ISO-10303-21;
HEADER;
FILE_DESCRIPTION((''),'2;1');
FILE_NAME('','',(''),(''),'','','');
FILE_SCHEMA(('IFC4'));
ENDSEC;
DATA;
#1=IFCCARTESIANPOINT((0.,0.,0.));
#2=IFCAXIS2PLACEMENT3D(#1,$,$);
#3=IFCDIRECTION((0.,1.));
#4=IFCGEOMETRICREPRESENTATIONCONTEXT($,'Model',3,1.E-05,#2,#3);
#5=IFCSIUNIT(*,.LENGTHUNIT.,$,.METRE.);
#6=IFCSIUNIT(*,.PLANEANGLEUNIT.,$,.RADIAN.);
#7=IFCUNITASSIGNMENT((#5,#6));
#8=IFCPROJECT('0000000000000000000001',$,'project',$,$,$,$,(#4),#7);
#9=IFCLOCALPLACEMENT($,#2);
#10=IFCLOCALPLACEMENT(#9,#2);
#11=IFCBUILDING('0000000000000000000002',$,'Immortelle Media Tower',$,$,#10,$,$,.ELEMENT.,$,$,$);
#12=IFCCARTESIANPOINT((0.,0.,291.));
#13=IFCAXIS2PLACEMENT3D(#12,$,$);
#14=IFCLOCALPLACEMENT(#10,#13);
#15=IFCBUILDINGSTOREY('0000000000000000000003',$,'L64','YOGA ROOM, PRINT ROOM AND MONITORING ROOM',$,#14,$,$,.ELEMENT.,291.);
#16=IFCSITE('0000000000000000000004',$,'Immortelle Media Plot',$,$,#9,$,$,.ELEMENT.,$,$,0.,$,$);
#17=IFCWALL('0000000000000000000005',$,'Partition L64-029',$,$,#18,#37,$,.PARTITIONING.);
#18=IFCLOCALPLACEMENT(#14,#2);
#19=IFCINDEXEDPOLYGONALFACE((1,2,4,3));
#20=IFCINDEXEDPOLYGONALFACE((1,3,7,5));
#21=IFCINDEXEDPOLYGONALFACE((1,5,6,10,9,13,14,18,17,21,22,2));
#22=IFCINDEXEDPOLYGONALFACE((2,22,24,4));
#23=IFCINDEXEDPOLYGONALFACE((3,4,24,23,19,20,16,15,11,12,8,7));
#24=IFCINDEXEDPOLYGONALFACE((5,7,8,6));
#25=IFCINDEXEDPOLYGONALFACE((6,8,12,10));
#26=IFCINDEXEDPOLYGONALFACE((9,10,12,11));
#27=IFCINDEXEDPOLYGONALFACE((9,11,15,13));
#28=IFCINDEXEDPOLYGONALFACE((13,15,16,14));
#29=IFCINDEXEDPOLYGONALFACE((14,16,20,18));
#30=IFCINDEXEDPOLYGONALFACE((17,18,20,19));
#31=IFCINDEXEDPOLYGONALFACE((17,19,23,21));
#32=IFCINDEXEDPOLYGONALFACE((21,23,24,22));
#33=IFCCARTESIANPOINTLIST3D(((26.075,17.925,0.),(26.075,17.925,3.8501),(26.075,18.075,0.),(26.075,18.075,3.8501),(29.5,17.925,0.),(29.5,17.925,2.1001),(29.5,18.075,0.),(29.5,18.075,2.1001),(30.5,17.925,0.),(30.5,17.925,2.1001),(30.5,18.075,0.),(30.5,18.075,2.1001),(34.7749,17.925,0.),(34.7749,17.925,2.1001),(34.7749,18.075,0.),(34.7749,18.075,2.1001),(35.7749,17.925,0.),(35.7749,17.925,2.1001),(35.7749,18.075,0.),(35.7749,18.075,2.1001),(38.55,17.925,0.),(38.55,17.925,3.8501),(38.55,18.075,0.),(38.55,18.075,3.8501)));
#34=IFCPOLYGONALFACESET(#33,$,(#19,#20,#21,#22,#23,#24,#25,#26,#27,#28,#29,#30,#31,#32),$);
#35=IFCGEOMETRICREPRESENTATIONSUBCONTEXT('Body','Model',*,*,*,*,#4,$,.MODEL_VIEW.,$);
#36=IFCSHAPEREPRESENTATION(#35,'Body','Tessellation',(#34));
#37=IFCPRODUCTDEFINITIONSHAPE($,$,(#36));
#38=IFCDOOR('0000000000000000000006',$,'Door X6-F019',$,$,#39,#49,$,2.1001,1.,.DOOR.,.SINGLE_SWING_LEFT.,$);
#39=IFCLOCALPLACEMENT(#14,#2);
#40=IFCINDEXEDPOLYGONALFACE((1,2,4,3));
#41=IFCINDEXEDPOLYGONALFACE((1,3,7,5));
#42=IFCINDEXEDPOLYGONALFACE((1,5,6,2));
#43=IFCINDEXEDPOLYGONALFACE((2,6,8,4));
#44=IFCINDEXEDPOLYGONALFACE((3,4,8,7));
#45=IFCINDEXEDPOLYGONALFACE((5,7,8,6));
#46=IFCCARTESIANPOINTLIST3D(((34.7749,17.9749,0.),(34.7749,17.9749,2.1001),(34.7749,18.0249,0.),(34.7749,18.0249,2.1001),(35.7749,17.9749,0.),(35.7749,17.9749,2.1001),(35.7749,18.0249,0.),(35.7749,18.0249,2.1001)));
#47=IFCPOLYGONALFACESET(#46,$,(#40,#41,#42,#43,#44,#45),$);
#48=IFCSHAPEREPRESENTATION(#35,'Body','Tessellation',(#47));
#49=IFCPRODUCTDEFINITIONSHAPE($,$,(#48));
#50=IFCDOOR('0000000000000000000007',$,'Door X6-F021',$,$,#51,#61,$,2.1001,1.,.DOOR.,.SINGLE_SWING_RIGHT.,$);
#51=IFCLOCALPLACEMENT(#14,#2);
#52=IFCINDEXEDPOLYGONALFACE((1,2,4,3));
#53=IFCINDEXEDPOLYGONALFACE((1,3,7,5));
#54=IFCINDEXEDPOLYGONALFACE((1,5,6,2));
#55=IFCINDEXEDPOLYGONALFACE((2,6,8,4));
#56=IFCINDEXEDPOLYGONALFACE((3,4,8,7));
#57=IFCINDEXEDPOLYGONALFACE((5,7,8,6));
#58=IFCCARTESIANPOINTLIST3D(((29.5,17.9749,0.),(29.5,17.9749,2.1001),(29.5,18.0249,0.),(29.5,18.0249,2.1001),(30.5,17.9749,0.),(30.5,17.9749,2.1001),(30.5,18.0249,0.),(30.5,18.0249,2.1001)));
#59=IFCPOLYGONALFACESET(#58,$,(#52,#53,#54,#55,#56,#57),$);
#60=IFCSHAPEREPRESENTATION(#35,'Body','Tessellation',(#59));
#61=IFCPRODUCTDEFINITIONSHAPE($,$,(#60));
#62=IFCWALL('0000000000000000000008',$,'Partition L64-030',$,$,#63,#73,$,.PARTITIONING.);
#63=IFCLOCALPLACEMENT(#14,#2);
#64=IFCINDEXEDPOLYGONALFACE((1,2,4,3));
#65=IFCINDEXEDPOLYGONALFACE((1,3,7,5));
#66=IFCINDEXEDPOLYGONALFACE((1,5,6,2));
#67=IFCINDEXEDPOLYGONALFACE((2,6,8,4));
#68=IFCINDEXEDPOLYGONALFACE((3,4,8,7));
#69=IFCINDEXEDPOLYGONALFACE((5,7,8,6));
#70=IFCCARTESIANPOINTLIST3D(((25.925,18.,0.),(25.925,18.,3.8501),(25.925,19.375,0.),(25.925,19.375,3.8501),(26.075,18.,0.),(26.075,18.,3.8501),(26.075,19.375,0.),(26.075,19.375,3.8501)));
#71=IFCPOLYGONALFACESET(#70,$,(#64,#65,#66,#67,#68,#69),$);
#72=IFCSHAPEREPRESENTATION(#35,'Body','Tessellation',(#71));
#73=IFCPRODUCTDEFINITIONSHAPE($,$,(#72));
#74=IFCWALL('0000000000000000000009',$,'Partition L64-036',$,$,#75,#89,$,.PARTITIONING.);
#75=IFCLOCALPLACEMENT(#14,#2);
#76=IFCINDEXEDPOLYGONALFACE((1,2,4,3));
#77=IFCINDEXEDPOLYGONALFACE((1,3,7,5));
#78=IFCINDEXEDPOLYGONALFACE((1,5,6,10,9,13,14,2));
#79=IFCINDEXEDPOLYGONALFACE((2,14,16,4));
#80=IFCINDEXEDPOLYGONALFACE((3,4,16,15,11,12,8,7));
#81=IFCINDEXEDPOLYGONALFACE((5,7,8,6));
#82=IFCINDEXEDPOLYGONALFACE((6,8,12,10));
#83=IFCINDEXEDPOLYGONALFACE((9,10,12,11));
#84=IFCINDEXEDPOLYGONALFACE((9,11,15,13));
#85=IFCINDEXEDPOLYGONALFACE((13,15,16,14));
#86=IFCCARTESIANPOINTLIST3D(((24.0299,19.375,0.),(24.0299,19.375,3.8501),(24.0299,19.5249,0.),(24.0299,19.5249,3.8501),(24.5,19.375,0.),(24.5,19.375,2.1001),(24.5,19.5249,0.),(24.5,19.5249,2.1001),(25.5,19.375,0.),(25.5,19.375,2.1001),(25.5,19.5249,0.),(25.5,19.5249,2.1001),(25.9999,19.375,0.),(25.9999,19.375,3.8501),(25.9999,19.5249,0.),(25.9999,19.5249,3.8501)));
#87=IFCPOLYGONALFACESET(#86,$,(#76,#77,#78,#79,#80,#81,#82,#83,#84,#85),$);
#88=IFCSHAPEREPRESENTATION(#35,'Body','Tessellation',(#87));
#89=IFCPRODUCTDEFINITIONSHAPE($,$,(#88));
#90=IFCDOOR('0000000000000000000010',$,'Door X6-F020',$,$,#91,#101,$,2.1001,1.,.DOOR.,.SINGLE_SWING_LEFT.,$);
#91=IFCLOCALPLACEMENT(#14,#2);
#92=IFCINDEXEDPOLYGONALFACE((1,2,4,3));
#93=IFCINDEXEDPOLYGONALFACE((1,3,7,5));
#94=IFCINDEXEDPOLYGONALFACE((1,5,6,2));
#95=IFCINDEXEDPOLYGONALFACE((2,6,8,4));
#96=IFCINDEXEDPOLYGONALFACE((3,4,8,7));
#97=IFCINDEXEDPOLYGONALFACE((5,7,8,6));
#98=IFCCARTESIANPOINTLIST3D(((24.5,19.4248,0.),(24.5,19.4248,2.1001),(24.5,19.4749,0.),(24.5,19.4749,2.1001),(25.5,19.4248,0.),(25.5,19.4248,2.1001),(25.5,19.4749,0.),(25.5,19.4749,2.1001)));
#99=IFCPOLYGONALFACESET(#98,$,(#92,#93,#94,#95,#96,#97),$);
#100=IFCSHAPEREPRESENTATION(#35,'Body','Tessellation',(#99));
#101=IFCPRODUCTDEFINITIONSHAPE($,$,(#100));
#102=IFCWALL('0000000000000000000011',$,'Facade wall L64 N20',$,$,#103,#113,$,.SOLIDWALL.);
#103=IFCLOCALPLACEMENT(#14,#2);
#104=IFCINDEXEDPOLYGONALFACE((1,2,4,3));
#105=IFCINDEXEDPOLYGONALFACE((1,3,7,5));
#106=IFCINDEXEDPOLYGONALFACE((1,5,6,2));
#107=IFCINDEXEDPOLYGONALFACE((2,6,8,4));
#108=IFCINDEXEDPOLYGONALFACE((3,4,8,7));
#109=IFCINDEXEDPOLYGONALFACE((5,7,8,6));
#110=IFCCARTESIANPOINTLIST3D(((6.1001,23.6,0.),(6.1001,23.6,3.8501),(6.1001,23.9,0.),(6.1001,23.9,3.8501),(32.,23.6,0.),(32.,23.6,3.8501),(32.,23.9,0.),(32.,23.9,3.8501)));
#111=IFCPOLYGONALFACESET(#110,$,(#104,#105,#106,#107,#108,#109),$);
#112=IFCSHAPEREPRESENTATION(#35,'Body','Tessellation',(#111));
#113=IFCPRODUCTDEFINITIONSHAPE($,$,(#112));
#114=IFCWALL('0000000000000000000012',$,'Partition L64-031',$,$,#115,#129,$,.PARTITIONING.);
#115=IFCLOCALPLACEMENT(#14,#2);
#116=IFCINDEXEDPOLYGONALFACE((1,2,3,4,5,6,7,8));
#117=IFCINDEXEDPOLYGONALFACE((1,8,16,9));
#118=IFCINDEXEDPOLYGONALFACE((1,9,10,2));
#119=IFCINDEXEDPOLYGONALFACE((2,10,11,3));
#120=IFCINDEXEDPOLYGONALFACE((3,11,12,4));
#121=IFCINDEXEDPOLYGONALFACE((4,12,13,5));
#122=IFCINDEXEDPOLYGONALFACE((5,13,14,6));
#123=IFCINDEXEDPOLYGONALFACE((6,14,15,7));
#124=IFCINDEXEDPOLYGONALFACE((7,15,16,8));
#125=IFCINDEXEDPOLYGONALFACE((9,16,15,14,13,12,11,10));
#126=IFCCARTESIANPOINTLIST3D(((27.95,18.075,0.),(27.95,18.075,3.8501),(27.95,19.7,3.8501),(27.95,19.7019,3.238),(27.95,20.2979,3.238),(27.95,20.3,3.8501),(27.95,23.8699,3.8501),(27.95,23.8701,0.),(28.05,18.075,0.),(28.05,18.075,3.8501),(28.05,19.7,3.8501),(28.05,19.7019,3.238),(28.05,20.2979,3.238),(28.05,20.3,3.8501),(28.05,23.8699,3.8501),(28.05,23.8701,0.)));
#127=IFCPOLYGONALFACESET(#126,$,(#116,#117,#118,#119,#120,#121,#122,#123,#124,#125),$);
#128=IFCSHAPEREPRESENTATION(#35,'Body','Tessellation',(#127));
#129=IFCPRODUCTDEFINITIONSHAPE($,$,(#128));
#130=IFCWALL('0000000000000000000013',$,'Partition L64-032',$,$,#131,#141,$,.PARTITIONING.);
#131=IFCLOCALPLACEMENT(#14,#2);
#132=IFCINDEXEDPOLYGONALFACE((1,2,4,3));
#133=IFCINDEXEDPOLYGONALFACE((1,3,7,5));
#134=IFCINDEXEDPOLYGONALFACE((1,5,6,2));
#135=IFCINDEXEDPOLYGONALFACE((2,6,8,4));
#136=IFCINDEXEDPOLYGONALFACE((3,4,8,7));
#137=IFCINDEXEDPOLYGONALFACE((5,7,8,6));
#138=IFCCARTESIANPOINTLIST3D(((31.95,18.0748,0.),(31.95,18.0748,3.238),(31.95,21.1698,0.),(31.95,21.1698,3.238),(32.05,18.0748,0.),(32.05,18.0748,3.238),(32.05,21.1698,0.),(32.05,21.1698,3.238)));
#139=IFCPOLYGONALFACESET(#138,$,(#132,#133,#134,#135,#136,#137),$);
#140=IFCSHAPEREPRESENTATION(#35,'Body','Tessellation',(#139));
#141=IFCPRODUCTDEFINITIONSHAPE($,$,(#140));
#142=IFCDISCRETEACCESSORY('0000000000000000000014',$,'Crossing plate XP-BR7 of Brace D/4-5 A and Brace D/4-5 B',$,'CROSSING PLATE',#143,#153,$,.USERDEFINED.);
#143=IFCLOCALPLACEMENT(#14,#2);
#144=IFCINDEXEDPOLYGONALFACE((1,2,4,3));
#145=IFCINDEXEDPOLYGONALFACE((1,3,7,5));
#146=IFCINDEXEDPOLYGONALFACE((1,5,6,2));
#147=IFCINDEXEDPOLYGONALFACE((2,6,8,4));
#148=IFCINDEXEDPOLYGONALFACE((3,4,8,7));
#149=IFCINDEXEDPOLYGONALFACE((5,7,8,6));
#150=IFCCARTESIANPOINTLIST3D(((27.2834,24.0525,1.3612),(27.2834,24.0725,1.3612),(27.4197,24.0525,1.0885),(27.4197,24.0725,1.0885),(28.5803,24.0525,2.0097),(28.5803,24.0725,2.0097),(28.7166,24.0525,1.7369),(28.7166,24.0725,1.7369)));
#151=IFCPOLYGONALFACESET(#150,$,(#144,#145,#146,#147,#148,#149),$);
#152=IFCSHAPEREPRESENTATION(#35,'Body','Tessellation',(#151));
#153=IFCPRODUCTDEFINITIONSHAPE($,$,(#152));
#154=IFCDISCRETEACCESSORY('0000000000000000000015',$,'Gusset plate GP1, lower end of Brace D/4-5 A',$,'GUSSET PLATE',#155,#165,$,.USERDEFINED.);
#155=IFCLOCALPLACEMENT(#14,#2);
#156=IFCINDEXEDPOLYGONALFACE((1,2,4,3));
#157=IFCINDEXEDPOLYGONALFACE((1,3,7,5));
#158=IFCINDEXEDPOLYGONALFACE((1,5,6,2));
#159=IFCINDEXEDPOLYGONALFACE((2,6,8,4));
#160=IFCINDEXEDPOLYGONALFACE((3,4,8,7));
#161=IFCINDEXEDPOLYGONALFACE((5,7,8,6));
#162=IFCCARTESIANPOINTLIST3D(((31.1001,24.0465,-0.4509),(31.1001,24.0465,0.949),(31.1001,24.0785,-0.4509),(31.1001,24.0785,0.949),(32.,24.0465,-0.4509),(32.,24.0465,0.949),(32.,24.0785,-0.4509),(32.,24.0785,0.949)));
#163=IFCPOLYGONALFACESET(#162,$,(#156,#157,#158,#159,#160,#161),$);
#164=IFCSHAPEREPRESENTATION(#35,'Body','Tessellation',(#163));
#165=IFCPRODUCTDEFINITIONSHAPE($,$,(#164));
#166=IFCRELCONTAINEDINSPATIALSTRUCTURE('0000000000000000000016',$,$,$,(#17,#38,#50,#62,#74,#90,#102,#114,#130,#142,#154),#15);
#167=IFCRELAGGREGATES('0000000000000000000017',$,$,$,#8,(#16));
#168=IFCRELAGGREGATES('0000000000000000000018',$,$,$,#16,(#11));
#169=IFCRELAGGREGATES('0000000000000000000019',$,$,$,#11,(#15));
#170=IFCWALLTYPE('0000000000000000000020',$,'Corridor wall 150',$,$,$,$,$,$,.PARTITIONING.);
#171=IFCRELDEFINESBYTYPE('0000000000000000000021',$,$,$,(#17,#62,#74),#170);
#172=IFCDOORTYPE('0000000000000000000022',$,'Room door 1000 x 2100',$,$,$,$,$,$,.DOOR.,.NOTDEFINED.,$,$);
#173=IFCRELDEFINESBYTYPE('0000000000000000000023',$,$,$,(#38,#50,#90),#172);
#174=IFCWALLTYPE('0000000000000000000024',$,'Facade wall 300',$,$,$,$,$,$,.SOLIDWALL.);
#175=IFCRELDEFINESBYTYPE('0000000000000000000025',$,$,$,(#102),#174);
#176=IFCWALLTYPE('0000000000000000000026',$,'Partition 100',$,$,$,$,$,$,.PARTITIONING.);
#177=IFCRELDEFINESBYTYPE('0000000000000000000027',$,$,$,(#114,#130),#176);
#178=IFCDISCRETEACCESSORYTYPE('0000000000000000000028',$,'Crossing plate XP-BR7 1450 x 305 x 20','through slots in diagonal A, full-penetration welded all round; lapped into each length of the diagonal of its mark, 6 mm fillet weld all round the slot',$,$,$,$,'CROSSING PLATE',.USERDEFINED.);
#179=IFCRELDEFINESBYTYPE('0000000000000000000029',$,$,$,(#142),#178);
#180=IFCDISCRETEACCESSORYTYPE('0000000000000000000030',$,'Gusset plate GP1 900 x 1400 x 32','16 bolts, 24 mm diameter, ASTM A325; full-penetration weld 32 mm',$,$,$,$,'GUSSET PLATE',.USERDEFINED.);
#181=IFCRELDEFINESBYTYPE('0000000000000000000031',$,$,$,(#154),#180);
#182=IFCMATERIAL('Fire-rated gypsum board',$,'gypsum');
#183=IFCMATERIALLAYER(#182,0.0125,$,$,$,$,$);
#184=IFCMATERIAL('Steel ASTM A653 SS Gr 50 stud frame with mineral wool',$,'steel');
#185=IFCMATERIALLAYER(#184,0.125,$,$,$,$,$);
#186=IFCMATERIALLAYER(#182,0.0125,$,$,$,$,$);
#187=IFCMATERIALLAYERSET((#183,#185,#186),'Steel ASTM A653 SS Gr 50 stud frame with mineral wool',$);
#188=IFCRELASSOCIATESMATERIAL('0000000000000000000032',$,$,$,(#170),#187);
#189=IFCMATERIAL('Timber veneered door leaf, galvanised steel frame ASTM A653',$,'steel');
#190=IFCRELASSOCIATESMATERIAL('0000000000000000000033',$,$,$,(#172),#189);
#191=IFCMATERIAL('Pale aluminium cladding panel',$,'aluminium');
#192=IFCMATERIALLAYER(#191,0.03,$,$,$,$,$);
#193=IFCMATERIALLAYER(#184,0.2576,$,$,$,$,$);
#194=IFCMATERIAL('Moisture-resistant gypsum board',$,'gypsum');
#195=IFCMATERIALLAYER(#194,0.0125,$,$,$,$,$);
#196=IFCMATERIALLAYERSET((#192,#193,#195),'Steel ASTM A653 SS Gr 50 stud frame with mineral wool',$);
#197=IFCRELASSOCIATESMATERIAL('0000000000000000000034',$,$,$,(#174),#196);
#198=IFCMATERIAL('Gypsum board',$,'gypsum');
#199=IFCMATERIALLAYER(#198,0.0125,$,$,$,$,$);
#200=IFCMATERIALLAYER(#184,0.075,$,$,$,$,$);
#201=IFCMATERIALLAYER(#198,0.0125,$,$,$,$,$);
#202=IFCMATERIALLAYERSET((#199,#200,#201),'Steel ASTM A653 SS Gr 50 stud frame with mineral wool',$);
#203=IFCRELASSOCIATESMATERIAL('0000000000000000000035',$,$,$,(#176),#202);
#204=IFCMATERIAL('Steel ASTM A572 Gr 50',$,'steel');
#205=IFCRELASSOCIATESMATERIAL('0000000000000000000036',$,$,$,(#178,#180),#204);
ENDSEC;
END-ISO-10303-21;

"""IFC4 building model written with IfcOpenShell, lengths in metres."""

from ifc_helpers import new_model, si_unit, direction, frame, frame_2d, origin, origin_2d, place, context, subcontext, project, spatial, polyline, rectangle, outline, extrude, material, layer, layer_set, material_profile, profile_set, type_object, element, fill, save


model = new_model("IFC4")

# Units and contexts
model_context = context("Model", 3, precision=1e-05, world=origin(), true_north=direction((0.0, 1.0)))
body_context = subcontext(model_context, "Body", "Model", "MODEL_VIEW")
ifc_project = project(units=[si_unit("LENGTHUNIT", "METRE"), si_unit("PLANEANGLEUNIT", "RADIAN")], contexts=[model_context])

# Site, building, storey
site_placement = place(None, origin())
site = spatial("IfcSite", under=ifc_project, at=site_placement, Name="Immortelle Media Plot", CompositionType="ELEMENT", RefElevation=0.0)
building_placement = place(site_placement, origin())
building = spatial("IfcBuilding", under=site, at=building_placement, Name="Immortelle Media Tower", CompositionType="ELEMENT")
storey_placement = place(building_placement, frame((0.0, 0.0, 291.0)))
storey = spatial("IfcBuildingStorey", under=building, at=storey_placement, Name="L64", Description="YOGA ROOM, PRINT ROOM AND MONITORING ROOM", CompositionType="ELEMENT", Elevation=291.0)

# Shared definitions
ifc_material_1 = material(Name="Fire-rated gypsum board", Category="gypsum")
ifc_material_2 = material(Name="Steel ASTM A653 SS Gr 50 stud frame with mineral wool", Category="steel")

# Wall, openings, doors
ifc_layer_1 = layer(ifc_material_1, 0.0125)
ifc_layer_2 = layer(ifc_material_2, 0.125)
ifc_layer_3 = layer(ifc_material_1, 0.0125)
ifc_layer_set_1 = layer_set([ifc_layer_1, ifc_layer_2, ifc_layer_3], Name="Steel ASTM A653 SS Gr 50 stud frame with mineral wool")
wall_type_1 = type_object("IfcWallType", Name="Corridor wall 150", PredefinedType="PARTITIONING", material=ifc_layer_set_1)
wall_1_placement = place(storey_placement, frame((26.075, 18.0, 0.0), z_axis=(0.0, 0.0, 1.0), x_axis=(1.0, 0.0, 0.0)))
wall_1 = element("IfcWall", 1, at=wall_1_placement, inside=storey, type_object=wall_type_1, Name="Partition L64-029", PredefinedType="PARTITIONING", context=body_context, shape_type="SweptSolid", body=[
    extrude(rectangle(XDim=12.4751, YDim=0.1499, at=frame_2d((6.2375, 0.0))), origin(), (0.0, 0.0, 1.0), 3.8501),
])
opening_1_placement = place(wall_1_placement, frame((8.7, 0.0, 0.0)))
opening_1 = element("IfcOpeningElement", 2, at=opening_1_placement, cuts=wall_1, PredefinedType="OPENING", context=body_context, shape_type="SweptSolid", body=[
    extrude(rectangle(XDim=1.0, YDim=2.1001, at=frame_2d((0.5, 1.05))), frame((0.0, 0.085, 0.0), z_axis=(0.0, -1.0, 0.0), x_axis=(1.0, 0.0, 0.0)), (0.0, 0.0, 1.0), 0.1699),
])
opening_2_placement = place(wall_1_placement, frame((3.425, 0.0, 0.0)))
opening_2 = element("IfcOpeningElement", 3, at=opening_2_placement, cuts=wall_1, PredefinedType="OPENING", context=body_context, shape_type="SweptSolid", body=[
    extrude(rectangle(XDim=1.0, YDim=2.1001, at=frame_2d((0.5, 1.05))), frame((0.0, 0.085, 0.0), z_axis=(0.0, -1.0, 0.0), x_axis=(1.0, 0.0, 0.0)), (0.0, 0.0, 1.0), 0.1699),
])
ifc_material_3 = material(Name="Timber veneered door leaf, galvanised steel frame ASTM A653", Category="steel")
door_type = type_object("IfcDoorType", Name="Room door 1000 x 2100", OperationType="NOTDEFINED", PredefinedType="DOOR", material=ifc_material_3)
door_1_placement = place(opening_1_placement, origin())
door_1 = element("IfcDoor", 4, at=door_1_placement, inside=storey, type_object=door_type, Name="Door X6-F019", OperationType="SINGLE_SWING_LEFT", OverallHeight=2.1001, OverallWidth=1.0, PredefinedType="DOOR", context=body_context, shape_type="SweptSolid", body=[
    extrude(rectangle(XDim=1.0, YDim=2.1001, at=frame_2d((0.5, 1.05))), frame((0.0, 0.0249, 0.0), z_axis=(0.0, -1.0, 0.0), x_axis=(1.0, 0.0, 0.0)), (0.0, 0.0, 1.0), 0.05),
])
fill(opening_1, door_1)
door_2_placement = place(opening_2_placement, origin())
door_2 = element("IfcDoor", 5, at=door_2_placement, inside=storey, type_object=door_type, Name="Door X6-F021", OperationType="SINGLE_SWING_RIGHT", OverallHeight=2.1001, OverallWidth=1.0, PredefinedType="DOOR", context=body_context, shape_type="SweptSolid", body=[
    extrude(rectangle(XDim=1.0, YDim=2.1001, at=frame_2d((0.5, 1.05))), frame((0.0, 0.0249, 0.0), z_axis=(0.0, -1.0, 0.0), x_axis=(1.0, 0.0, 0.0)), (0.0, 0.0, 1.0), 0.05),
])
fill(opening_2, door_2)

# Wall
wall_2_placement = place(storey_placement, frame((26.0, 18.0, 0.0), z_axis=(0.0, 0.0, 1.0), x_axis=(0.0, 1.0, 0.0)))
element("IfcWall", 6, at=wall_2_placement, inside=storey, type_object=wall_type_1, Name="Partition L64-030", PredefinedType="PARTITIONING", context=body_context, shape_type="SweptSolid", body=[
    extrude(rectangle(XDim=1.375, YDim=0.1499, at=frame_2d((0.6875, 0.0))), origin(), (0.0, 0.0, 1.0), 3.8501),
])

# Wall, opening, door
wall_3_placement = place(storey_placement, frame((24.03, 19.45, 0.0), z_axis=(0.0, 0.0, 1.0), x_axis=(1.0, 0.0, 0.0)))
wall_3 = element("IfcWall", 7, at=wall_3_placement, inside=storey, type_object=wall_type_1, Name="Partition L64-036", PredefinedType="PARTITIONING", context=body_context, shape_type="SweptSolid", body=[
    extrude(rectangle(XDim=1.97, YDim=0.1499, at=frame_2d((0.9849, 0.0))), origin(), (0.0, 0.0, 1.0), 3.8501),
])
opening_3_placement = place(wall_3_placement, frame((0.47, 0.0, 0.0)))
opening_3 = element("IfcOpeningElement", 8, at=opening_3_placement, cuts=wall_3, PredefinedType="OPENING", context=body_context, shape_type="SweptSolid", body=[
    extrude(rectangle(XDim=1.0, YDim=2.1001, at=frame_2d((0.5, 1.05))), frame((0.0, 0.085, 0.0), z_axis=(0.0, -1.0, 0.0), x_axis=(1.0, 0.0, 0.0)), (0.0, 0.0, 1.0), 0.1699),
])
door_3_placement = place(opening_3_placement, origin())
door_3 = element("IfcDoor", 9, at=door_3_placement, inside=storey, type_object=door_type, Name="Door X6-F020", OperationType="SINGLE_SWING_LEFT", OverallHeight=2.1001, OverallWidth=1.0, PredefinedType="DOOR", context=body_context, shape_type="SweptSolid", body=[
    extrude(rectangle(XDim=1.0, YDim=2.1001, at=frame_2d((0.5, 1.05))), frame((0.0, 0.0249, 0.0), z_axis=(0.0, -1.0, 0.0), x_axis=(1.0, 0.0, 0.0)), (0.0, 0.0, 1.0), 0.05),
])
fill(opening_3, door_3)

# Walls
ifc_material_4 = material(Name="Pale aluminium cladding panel", Category="aluminium")
ifc_layer_4 = layer(ifc_material_4, 0.03)
ifc_layer_5 = layer(ifc_material_2, 0.2576)
ifc_material_5 = material(Name="Moisture-resistant gypsum board", Category="gypsum")
ifc_layer_6 = layer(ifc_material_5, 0.0125)
ifc_layer_set_2 = layer_set([ifc_layer_4, ifc_layer_5, ifc_layer_6], Name="Steel ASTM A653 SS Gr 50 stud frame with mineral wool")
wall_type_2 = type_object("IfcWallType", Name="Facade wall 300", PredefinedType="SOLIDWALL", material=ifc_layer_set_2)
wall_4_placement = place(storey_placement, frame((32.0, 23.75, 0.0), z_axis=(0.0, 0.0, 1.0), x_axis=(-1.0, 0.0, 0.0)))
element("IfcWall", 10, at=wall_4_placement, inside=storey, type_object=wall_type_2, Name="Facade wall L64 N20", PredefinedType="SOLIDWALL", context=body_context, shape_type="SweptSolid", body=[
    extrude(rectangle(XDim=25.8999, YDim=0.3, at=frame_2d((12.95, 0.0))), origin(), (0.0, 0.0, 1.0), 3.8501),
])
ifc_material_6 = material(Name="Gypsum board", Category="gypsum")
ifc_layer_7 = layer(ifc_material_6, 0.0125)
ifc_layer_8 = layer(ifc_material_2, 0.075)
ifc_layer_9 = layer(ifc_material_6, 0.0125)
ifc_layer_set_3 = layer_set([ifc_layer_7, ifc_layer_8, ifc_layer_9], Name="Steel ASTM A653 SS Gr 50 stud frame with mineral wool")
wall_type_3 = type_object("IfcWallType", Name="Partition 100", PredefinedType="PARTITIONING", material=ifc_layer_set_3)
wall_5_placement = place(storey_placement, frame((28.0, 18.075, 0.0), z_axis=(0.0, 0.0, 1.0), x_axis=(0.0, 1.0, 0.0)))
element("IfcWall", 11, at=wall_5_placement, inside=storey, type_object=wall_type_3, Name="Partition L64-031", PredefinedType="PARTITIONING", context=body_context, shape_type="SweptSolid", body=[
    extrude(outline(polyline([(0.0, 0.0), (5.7952, 0.0), (5.7949, 3.8501), (2.2251, 3.8501), (2.2229, 3.238), (1.627, 3.238), (1.625, 3.8501), (0.0, 3.8501), (0.0, 0.0)])), frame((0.0, 0.05, 0.0), z_axis=(0.0, -1.0, 0.0), x_axis=(1.0, 0.0, 0.0)), (0.0, 0.0, 1.0), 0.1001),
])
wall_6_placement = place(storey_placement, frame((32.0, 18.075, 0.0), z_axis=(0.0, 0.0, 1.0), x_axis=(0.0, 1.0, 0.0)))
element("IfcWall", 12, at=wall_6_placement, inside=storey, type_object=wall_type_3, Name="Partition L64-032", PredefinedType="PARTITIONING", context=body_context, shape_type="SweptSolid", body=[
    extrude(rectangle(XDim=3.095, YDim=0.1001, at=frame_2d((1.5474, 0.0))), origin(), (0.0, 0.0, 1.0), 3.238),
])

# Discrete accessories
ifc_material_7 = material(Name="Steel ASTM A572 Gr 50", Category="steel")
ifc_material_profile_1 = material_profile(ifc_material_7, rectangle(XDim=0.02, YDim=0.3049, at=origin_2d()), Name="PL 20 x 305")
ifc_profile_set_1 = profile_set([ifc_material_profile_1], Name="Steel ASTM A572 Gr 50")
discrete_accessory_type_1 = type_object("IfcDiscreteAccessoryType", Name="Crossing plate XP-BR7 1450 x 305 x 20", Description="through slots in diagonal A, full-penetration welded all round; lapped into each length of the diagonal of its mark, 6 mm fillet weld all round the slot", ElementType="CROSSING PLATE", PredefinedType="USERDEFINED", material=ifc_profile_set_1)
discrete_accessory_placement = place(storey_placement, frame((28.6484, 24.0625, 1.8733), z_axis=(-0.894427, 0.0, -0.447214), x_axis=(0.0, -1.0, 0.0)))
element("IfcDiscreteAccessory", 13, at=discrete_accessory_placement, inside=storey, type_object=discrete_accessory_type_1, Name="Crossing plate XP-BR7 of Brace D/4-5 A and Brace D/4-5 B", ObjectType="CROSSING PLATE", PredefinedType="USERDEFINED", context=body_context, shape_type="SweptSolid", body=[
    extrude(rectangle(XDim=0.02, YDim=0.3049, at=origin_2d()), origin(), (0.0, 0.0, 1.0), 1.45),
])
ifc_material_profile_2 = material_profile(ifc_material_7, rectangle(XDim=0.032, YDim=1.3999, at=origin_2d()), Name="PL 32 x 1400")
ifc_profile_set_2 = profile_set([ifc_material_profile_2], Name="Steel ASTM A572 Gr 50")
discrete_accessory_type_2 = type_object("IfcDiscreteAccessoryType", Name="Gusset plate GP1 900 x 1400 x 32", Description="16 bolts, 24 mm diameter, ASTM A325; full-penetration weld 32 mm", ElementType="GUSSET PLATE", PredefinedType="USERDEFINED", material=ifc_profile_set_2)
for number, where, z_axis, x_axis, name in (
    (14, (32.0, 24.0625, 0.249), (-1.0, 0.0, 0.0), (0.0, -1.0, 0.0), "Gusset plate GP1, lower end of Brace D/4-5 A"),
):
    element("IfcDiscreteAccessory", number, at=place(storey_placement, frame(where, z_axis=z_axis, x_axis=x_axis)), inside=storey, type_object=discrete_accessory_type_2, Name=name, ObjectType="GUSSET PLATE", PredefinedType="USERDEFINED", context=body_context, shape_type="SweptSolid", body=[
        extrude(rectangle(XDim=0.032, YDim=1.3999, at=origin_2d()), origin(), (0.0, 0.0, 1.0), 0.8999),
    ])

save(model, "model.ifc")
